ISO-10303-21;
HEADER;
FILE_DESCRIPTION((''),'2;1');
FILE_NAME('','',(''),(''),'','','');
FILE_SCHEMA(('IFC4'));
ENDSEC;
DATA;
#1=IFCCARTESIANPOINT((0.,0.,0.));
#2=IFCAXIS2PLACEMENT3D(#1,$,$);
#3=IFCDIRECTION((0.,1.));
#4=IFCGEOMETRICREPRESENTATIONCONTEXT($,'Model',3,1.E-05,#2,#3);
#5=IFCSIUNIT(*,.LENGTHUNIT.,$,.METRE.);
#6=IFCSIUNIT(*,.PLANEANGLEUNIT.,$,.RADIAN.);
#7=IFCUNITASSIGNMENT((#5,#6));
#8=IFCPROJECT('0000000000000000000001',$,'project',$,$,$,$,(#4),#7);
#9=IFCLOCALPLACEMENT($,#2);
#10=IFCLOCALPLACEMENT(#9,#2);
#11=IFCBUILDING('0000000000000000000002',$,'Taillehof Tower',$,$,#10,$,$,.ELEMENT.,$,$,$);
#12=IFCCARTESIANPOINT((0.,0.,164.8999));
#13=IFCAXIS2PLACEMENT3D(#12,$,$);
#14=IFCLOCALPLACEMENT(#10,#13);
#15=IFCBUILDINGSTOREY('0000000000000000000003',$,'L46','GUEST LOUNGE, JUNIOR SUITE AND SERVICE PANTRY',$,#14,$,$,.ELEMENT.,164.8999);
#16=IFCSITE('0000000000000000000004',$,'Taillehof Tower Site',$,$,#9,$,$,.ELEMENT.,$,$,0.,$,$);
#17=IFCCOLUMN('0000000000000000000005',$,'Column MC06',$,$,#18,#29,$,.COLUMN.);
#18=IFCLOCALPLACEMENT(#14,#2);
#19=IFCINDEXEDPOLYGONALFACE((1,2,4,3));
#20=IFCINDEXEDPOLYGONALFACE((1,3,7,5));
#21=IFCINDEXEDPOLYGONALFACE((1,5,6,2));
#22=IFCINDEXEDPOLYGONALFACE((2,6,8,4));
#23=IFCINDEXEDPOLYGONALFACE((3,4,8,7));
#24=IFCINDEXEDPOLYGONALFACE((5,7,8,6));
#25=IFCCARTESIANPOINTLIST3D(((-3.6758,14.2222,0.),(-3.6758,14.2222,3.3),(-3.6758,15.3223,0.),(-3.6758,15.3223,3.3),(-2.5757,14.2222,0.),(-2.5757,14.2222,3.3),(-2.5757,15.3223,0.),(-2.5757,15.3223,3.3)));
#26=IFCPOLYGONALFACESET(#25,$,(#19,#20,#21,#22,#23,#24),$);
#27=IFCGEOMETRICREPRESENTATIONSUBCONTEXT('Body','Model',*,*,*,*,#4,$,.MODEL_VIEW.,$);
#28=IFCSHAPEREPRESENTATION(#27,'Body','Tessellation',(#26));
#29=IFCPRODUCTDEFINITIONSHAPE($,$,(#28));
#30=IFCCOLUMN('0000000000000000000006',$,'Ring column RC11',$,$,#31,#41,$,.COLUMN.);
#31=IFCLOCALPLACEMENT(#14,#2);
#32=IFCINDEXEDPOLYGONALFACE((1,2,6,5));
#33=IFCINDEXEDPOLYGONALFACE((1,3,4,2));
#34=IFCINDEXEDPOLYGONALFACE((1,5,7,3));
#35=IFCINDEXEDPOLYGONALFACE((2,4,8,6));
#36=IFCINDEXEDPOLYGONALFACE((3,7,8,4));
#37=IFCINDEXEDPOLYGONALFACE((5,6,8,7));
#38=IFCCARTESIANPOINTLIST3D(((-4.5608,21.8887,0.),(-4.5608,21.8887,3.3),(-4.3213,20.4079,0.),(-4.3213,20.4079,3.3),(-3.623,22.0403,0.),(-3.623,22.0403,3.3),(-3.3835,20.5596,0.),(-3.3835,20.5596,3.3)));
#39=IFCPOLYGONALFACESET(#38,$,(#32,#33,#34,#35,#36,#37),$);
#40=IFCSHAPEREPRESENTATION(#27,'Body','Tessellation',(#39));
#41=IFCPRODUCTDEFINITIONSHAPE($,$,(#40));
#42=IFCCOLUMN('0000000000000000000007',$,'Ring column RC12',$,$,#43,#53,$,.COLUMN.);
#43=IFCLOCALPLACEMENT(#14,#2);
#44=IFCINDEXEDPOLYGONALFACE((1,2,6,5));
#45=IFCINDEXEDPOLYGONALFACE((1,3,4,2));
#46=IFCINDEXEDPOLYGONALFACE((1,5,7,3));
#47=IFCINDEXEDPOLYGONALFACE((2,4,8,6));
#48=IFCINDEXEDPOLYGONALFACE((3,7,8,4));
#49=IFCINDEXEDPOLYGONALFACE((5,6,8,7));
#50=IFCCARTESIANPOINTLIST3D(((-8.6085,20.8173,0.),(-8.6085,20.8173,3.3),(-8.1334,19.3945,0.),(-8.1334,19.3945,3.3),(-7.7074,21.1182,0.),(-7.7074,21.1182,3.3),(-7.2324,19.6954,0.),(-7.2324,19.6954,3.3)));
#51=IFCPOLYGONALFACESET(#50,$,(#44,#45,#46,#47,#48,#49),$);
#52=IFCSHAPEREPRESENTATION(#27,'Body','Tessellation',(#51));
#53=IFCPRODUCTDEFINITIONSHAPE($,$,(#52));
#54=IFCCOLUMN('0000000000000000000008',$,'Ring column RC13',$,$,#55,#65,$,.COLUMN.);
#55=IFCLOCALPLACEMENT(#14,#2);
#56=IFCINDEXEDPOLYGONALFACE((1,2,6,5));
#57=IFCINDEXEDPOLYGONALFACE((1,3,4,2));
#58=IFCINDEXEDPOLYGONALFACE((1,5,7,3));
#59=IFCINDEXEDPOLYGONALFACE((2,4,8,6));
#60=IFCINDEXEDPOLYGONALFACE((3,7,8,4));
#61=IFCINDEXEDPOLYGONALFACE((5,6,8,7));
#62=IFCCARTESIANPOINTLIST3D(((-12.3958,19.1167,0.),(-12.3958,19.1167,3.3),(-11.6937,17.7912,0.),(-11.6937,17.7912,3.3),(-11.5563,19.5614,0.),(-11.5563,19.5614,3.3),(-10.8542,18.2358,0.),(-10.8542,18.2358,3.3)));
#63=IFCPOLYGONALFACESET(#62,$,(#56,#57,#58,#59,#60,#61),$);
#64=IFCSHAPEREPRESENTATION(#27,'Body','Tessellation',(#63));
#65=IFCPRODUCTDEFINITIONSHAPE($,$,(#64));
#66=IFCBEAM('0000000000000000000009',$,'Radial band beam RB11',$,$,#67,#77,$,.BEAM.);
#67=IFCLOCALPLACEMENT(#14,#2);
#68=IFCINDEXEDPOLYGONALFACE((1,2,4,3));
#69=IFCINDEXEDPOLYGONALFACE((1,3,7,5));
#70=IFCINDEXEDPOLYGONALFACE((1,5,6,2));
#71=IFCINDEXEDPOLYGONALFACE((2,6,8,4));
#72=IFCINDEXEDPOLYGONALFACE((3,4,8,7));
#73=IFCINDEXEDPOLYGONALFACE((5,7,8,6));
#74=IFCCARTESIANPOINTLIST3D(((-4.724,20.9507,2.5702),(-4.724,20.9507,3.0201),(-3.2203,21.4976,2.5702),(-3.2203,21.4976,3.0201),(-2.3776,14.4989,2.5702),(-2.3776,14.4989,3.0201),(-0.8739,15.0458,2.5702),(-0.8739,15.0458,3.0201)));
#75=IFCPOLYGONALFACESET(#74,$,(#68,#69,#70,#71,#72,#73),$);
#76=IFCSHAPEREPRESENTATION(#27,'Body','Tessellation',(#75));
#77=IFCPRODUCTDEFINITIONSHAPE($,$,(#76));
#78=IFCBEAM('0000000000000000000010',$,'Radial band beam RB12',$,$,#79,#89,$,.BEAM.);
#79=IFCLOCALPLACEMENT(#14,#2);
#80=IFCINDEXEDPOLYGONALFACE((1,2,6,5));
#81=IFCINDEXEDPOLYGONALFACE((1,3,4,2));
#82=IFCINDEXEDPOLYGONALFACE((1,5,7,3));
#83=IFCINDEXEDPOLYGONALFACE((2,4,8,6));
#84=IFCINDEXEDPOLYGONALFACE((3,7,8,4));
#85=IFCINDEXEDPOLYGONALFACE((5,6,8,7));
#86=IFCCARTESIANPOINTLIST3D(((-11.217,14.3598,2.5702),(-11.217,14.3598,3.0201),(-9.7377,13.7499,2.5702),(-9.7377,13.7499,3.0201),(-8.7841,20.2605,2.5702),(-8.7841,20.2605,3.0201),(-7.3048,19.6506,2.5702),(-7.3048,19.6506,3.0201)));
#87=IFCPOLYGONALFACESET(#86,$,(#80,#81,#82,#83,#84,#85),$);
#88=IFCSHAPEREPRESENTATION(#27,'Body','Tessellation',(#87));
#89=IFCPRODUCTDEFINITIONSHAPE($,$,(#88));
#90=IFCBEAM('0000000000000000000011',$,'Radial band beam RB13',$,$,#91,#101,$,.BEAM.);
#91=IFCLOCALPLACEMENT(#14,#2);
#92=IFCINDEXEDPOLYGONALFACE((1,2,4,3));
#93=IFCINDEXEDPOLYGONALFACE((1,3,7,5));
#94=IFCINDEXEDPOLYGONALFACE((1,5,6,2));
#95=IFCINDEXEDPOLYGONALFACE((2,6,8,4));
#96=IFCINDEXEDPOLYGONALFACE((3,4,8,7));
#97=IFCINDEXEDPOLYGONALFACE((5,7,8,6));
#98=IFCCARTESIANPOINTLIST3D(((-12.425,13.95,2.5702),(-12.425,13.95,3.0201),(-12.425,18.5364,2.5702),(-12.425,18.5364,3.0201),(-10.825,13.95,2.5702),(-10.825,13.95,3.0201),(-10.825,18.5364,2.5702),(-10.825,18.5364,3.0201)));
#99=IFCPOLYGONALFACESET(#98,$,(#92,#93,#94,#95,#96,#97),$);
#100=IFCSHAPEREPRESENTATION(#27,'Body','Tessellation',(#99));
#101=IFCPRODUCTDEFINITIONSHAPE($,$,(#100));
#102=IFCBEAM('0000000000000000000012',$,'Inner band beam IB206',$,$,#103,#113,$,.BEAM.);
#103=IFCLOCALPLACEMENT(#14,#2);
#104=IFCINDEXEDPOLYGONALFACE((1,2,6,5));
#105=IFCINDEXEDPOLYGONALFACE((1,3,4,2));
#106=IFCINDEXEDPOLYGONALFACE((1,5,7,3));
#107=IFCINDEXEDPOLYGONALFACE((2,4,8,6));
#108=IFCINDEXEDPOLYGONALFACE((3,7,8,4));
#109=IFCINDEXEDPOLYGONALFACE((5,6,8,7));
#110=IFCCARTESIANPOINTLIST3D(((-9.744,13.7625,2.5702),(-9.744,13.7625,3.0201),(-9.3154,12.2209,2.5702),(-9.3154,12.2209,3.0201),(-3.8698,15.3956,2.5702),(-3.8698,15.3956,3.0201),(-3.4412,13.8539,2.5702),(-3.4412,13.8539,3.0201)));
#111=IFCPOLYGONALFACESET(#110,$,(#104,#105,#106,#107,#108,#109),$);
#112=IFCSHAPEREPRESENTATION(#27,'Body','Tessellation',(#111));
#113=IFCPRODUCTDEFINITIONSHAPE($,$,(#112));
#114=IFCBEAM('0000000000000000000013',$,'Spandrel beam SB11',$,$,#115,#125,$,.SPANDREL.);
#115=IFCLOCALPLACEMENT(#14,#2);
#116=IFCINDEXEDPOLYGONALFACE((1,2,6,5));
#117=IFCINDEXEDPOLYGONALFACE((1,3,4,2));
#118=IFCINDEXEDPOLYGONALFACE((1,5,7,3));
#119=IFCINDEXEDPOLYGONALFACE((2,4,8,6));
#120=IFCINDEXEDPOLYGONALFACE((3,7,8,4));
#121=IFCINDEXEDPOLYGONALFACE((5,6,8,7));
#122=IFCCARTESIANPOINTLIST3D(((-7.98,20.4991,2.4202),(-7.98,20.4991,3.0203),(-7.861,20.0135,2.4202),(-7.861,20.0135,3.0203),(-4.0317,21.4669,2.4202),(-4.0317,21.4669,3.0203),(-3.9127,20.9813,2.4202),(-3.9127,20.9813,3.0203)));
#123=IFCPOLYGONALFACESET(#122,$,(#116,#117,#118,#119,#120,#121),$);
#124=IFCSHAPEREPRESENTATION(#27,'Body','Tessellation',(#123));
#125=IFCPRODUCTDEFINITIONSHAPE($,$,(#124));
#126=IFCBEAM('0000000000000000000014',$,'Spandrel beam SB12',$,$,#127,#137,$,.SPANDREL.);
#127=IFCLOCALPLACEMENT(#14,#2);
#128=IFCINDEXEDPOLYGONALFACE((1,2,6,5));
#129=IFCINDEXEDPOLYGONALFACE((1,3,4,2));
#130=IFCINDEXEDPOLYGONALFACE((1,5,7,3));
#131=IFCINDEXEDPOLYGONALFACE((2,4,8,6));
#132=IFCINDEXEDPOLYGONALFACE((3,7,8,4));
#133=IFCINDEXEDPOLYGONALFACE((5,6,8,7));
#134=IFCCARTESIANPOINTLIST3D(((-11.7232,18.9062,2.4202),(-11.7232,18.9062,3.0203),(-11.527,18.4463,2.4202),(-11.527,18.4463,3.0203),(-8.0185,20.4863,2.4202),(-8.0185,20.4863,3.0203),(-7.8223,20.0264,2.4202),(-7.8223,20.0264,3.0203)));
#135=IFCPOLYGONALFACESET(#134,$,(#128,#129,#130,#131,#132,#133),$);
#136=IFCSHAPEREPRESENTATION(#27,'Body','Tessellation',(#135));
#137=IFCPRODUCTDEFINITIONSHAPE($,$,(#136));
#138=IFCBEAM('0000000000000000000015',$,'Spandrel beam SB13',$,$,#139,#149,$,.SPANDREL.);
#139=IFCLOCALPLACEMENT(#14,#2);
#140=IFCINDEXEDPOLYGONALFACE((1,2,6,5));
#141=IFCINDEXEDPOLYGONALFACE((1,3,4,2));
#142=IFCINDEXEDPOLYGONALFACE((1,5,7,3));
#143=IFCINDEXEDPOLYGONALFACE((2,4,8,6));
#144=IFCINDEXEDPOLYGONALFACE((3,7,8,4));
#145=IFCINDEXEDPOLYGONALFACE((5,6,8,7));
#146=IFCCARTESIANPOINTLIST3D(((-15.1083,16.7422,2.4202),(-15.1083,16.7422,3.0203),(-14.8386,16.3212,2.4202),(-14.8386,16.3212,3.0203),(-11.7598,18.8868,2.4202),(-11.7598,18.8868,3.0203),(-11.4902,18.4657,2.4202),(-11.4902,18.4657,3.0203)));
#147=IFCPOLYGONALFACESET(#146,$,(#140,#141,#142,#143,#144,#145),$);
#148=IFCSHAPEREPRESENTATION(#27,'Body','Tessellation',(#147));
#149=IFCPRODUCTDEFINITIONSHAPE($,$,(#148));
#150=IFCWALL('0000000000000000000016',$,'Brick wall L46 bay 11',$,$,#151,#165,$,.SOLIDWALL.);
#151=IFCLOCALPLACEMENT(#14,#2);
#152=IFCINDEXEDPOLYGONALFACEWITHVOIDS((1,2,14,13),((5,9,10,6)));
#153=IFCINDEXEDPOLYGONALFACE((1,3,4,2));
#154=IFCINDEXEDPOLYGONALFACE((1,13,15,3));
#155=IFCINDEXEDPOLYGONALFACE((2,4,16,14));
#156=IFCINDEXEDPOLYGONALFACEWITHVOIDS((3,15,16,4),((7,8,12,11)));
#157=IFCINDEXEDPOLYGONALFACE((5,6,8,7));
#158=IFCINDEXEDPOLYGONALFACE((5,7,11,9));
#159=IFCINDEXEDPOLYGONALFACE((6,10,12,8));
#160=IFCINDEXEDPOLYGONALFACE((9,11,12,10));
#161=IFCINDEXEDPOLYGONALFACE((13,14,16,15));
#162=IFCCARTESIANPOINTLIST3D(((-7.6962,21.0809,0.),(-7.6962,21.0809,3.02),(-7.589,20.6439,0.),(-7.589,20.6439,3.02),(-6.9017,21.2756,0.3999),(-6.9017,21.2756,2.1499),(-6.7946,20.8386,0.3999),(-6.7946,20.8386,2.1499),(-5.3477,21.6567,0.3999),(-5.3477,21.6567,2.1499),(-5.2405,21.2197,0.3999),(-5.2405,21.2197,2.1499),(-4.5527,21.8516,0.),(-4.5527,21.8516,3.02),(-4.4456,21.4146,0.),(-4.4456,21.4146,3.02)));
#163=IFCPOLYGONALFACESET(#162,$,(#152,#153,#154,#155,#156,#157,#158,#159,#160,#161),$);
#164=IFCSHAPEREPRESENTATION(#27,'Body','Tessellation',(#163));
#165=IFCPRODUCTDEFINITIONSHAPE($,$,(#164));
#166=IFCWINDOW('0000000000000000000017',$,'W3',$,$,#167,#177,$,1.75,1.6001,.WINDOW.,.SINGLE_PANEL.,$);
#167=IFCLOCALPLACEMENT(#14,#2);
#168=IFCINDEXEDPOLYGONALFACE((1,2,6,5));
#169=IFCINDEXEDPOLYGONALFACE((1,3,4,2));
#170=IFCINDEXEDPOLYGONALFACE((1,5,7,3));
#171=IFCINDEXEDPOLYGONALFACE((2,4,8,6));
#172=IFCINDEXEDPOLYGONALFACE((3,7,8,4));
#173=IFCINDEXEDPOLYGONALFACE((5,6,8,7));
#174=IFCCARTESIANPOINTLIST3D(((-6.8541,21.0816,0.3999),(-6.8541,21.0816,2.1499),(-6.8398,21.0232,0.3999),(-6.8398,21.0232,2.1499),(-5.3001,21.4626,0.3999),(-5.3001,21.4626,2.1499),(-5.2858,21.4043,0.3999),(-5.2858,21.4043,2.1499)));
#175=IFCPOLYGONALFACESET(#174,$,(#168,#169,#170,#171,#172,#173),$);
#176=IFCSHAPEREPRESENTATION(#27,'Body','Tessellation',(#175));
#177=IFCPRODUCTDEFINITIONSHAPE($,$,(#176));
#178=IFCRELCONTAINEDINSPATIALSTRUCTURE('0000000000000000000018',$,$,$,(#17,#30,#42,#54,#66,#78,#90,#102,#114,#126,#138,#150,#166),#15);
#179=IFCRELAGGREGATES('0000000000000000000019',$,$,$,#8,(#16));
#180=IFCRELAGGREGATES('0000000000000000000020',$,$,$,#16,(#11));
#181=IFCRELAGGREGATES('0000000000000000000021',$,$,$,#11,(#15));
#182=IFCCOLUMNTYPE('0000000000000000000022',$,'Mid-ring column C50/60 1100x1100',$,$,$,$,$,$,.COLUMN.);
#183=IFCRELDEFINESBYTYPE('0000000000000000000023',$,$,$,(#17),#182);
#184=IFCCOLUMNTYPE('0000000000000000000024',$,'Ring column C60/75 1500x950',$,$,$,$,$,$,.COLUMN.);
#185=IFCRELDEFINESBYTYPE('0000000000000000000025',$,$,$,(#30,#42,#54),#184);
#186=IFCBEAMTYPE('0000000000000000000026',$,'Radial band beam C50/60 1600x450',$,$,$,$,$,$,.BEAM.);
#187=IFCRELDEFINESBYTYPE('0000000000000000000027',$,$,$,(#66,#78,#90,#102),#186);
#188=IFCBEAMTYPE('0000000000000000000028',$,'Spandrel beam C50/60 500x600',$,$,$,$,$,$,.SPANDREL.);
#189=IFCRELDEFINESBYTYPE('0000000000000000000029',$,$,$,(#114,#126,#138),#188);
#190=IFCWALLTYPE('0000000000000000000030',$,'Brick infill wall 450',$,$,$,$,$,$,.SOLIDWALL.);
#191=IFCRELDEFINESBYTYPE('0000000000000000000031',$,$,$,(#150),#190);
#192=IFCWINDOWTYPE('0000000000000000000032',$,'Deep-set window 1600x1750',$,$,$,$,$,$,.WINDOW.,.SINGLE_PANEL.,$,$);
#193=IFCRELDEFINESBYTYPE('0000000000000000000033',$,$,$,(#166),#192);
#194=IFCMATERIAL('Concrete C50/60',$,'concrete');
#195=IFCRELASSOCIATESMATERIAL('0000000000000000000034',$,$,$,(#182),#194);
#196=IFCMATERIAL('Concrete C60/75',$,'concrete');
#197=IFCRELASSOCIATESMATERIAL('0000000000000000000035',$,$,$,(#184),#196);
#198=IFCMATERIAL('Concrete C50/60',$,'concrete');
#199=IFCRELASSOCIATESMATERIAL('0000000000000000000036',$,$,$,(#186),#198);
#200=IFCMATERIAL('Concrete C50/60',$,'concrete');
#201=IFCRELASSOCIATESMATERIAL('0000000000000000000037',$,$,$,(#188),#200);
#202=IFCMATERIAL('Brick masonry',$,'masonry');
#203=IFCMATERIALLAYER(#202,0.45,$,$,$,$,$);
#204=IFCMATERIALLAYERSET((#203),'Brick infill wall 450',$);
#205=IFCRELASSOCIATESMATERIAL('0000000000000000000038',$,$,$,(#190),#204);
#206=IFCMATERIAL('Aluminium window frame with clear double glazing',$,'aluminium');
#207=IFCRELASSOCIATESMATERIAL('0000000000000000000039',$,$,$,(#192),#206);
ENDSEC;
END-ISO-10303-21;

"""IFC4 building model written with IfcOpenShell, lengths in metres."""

from ifc_helpers import new_model, si_unit, direction, frame, frame_2d, origin, origin_2d, place, context, subcontext, project, spatial, rectangle, extrude, material, layer, layer_set, material_profile, profile_set, type_object, element, fill, save


model = new_model("IFC4")

# Units and contexts
model_context = context("Model", 3, precision=1e-05, world=origin(), true_north=direction((0.0, 1.0)))
body_context = subcontext(model_context, "Body", "Model", "MODEL_VIEW")
ifc_project = project(units=[si_unit("LENGTHUNIT", "METRE"), si_unit("PLANEANGLEUNIT", "RADIAN")], contexts=[model_context])

# Site, building, storey
site_placement = place(None, origin())
site = spatial("IfcSite", under=ifc_project, at=site_placement, Name="Taillehof Tower Site", CompositionType="ELEMENT", RefElevation=0.0)
building_placement = place(site_placement, origin())
building = spatial("IfcBuilding", under=site, at=building_placement, Name="Taillehof Tower", CompositionType="ELEMENT")
storey_placement = place(building_placement, frame((0.0, 0.0, 164.8999)))
storey = spatial("IfcBuildingStorey", under=building, at=storey_placement, Name="L46", Description="GUEST LOUNGE, JUNIOR SUITE AND SERVICE PANTRY", CompositionType="ELEMENT", Elevation=164.8999)

# Columns
ifc_material_1 = material(Name="Concrete C50/60", Category="concrete")
ifc_material_profile_1 = material_profile(ifc_material_1, rectangle(XDim=1.1001, YDim=1.1001, at=origin_2d()), Name="RC 1100x1100")
ifc_profile_set_1 = profile_set([ifc_material_profile_1], Name="Concrete C50/60")
column_type_1 = type_object("IfcColumnType", Name="Mid-ring column C50/60 1100x1100", PredefinedType="COLUMN", material=ifc_profile_set_1)
column_placement = place(storey_placement, frame((-3.1257, 14.7722, 0.0), z_axis=(0.0, 0.0, 1.0), x_axis=(1.0, 0.0, 0.0)))
element("IfcColumn", 1, at=column_placement, inside=storey, type_object=column_type_1, Name="Column MC06", PredefinedType="COLUMN", context=body_context, shape_type="SweptSolid", body=[
    extrude(rectangle(XDim=1.1001, YDim=1.1001, at=origin_2d()), origin(), (0.0, 0.0, 1.0), 3.3),
])
ifc_material_2 = material(Name="Concrete C60/75", Category="concrete")
ifc_material_profile_2 = material_profile(ifc_material_2, rectangle(XDim=1.5, YDim=0.95, at=origin_2d()), Name="RC 1500x950")
ifc_profile_set_2 = profile_set([ifc_material_profile_2], Name="Concrete C60/75")
column_type_2 = type_object("IfcColumnType", Name="Ring column C60/75 1500x950", PredefinedType="COLUMN", material=ifc_profile_set_2)
for number, where, z_axis, x_axis, name in (
    (2, (-3.9722, 21.2241, 0.0), (0.0, 0.0, 1.0), (-0.159679, 0.987169, 0.0), "Ring column RC11"),
    (3, (-7.9204, 20.2563, 0.0), (0.0, 0.0, 1.0), (-0.316703, 0.948525, 0.0), "Ring column RC12"),
    (4, (-11.625, 18.6763, 0.0), (0.0, 0.0, 1.0), (-0.468042, 0.883706, 0.0), "Ring column RC13"),
):
    element("IfcColumn", number, at=place(storey_placement, frame(where, z_axis=z_axis, x_axis=x_axis)), inside=storey, type_object=column_type_2, Name=name, PredefinedType="COLUMN", context=body_context, shape_type="SweptSolid", body=[
        extrude(rectangle(XDim=1.5, YDim=0.95, at=origin_2d()), origin(), (0.0, 0.0, 1.0), 3.3),
    ])

# Beams
ifc_material_3 = material(Name="Concrete C50/60", Category="concrete")
ifc_material_profile_3 = material_profile(ifc_material_3, rectangle(XDim=1.6001, YDim=0.45, at=origin_2d()), Name="RC 1600x450")
ifc_profile_set_3 = profile_set([ifc_material_profile_3], Name="Concrete C50/60")
beam_type_1 = type_object("IfcBeamType", Name="Radial band beam C50/60 1600x450", PredefinedType="BEAM", material=ifc_profile_set_3)
beam_1_placement = place(storey_placement, frame((-3.9722, 21.2241, 2.7952), z_axis=(0.34178, -0.93978, 0.0), x_axis=(0.93978, 0.34178, 0.0)))
element("IfcBeam", 5, at=beam_1_placement, inside=storey, type_object=beam_type_1, Name="Radial band beam RB11", PredefinedType="BEAM", context=body_context, shape_type="SweptSolid", body=[
    extrude(rectangle(XDim=1.6001, YDim=0.45, at=origin_2d()), origin(), (0.0, 0.0, 1.0), 6.8652),
])
beam_2_placement = place(storey_placement, frame((-8.0444, 19.9556, 2.7952), z_axis=(-0.381177, -0.924502, 0.0), x_axis=(0.924502, -0.381177, 0.0)))
element("IfcBeam", 6, at=beam_2_placement, inside=storey, type_object=beam_type_1, Name="Radial band beam RB12", PredefinedType="BEAM", context=body_context, shape_type="SweptSolid", body=[
    extrude(rectangle(XDim=1.6001, YDim=0.45, at=origin_2d()), origin(), (0.0, 0.0, 1.0), 6.3826),
])
beam_3_placement = place(storey_placement, frame((-11.625, 18.5364, 2.7952), z_axis=(0.0, -1.0, 0.0), x_axis=(1.0, 0.0, 0.0)))
element("IfcBeam", 7, at=beam_3_placement, inside=storey, type_object=beam_type_1, Name="Radial band beam RB13", PredefinedType="BEAM", context=body_context, shape_type="SweptSolid", body=[
    extrude(rectangle(XDim=1.6001, YDim=0.45, at=origin_2d()), origin(), (0.0, 0.0, 1.0), 4.5864),
])
beam_4_placement = place(storey_placement, frame((-3.6555, 14.6248, 2.7952), z_axis=(-0.963459, -0.267855, 0.0), x_axis=(0.267855, -0.963459, 0.0)))
element("IfcBeam", 8, at=beam_4_placement, inside=storey, type_object=beam_type_1, Name="Inner band beam IB206", PredefinedType="BEAM", context=body_context, shape_type="SweptSolid", body=[
    extrude(rectangle(XDim=1.6001, YDim=0.45, at=origin_2d()), origin(), (0.0, 0.0, 1.0), 6.0969),
])
ifc_material_4 = material(Name="Concrete C50/60", Category="concrete")
ifc_material_profile_4 = material_profile(ifc_material_4, rectangle(XDim=0.5, YDim=0.6001, at=origin_2d()), Name="RC 500x600")
ifc_profile_set_4 = profile_set([ifc_material_profile_4], Name="Concrete C50/60")
beam_type_2 = type_object("IfcBeamType", Name="Spandrel beam C50/60 500x600", PredefinedType="SPANDREL", material=ifc_profile_set_4)
beam_5_placement = place(storey_placement, frame((-3.9722, 21.2241, 2.7202), z_axis=(-0.971249, -0.238068, 0.0), x_axis=(0.238068, -0.971249, 0.0)))
element("IfcBeam", 9, at=beam_5_placement, inside=storey, type_object=beam_type_2, Name="Spandrel beam SB11", PredefinedType="SPANDREL", context=body_context, shape_type="SweptSolid", body=[
    extrude(rectangle(XDim=0.5, YDim=0.6001, at=origin_2d()), origin(), (0.0, 0.0, 1.0), 4.0652),
])
beam_6_placement = place(storey_placement, frame((-7.9204, 20.2563, 2.7202), z_axis=(-0.919827, -0.392324, 0.0), x_axis=(0.392324, -0.919827, 0.0)))
element("IfcBeam", 10, at=beam_6_placement, inside=storey, type_object=beam_type_2, Name="Spandrel beam SB12", PredefinedType="SPANDREL", context=body_context, shape_type="SweptSolid", body=[
    extrude(rectangle(XDim=0.5, YDim=0.6001, at=origin_2d()), origin(), (0.0, 0.0, 1.0), 4.0276),
])
beam_7_placement = place(storey_placement, frame((-11.625, 18.6763, 2.7202), z_axis=(-0.842093, -0.539332, 0.0), x_axis=(0.539332, -0.842093, 0.0)))
element("IfcBeam", 11, at=beam_7_placement, inside=storey, type_object=beam_type_2, Name="Spandrel beam SB13", PredefinedType="SPANDREL", context=body_context, shape_type="SweptSolid", body=[
    extrude(rectangle(XDim=0.5, YDim=0.6001, at=origin_2d()), origin(), (0.0, 0.0, 1.0), 3.9763),
])

# Wall, opening, window
ifc_material_5 = material(Name="Brick masonry", Category="masonry")
ifc_layer_1 = layer(ifc_material_5, 0.45)
ifc_layer_set_1 = layer_set([ifc_layer_1], Name="Brick infill wall 450")
wall_type_1 = type_object("IfcWallType", Name="Brick infill wall 450", PredefinedType="SOLIDWALL", material=ifc_layer_set_1)
wall_1_placement = place(storey_placement, frame((-4.4993, 21.6331, 0.0), z_axis=(0.0, 0.0, 1.0), x_axis=(-0.971233, -0.238132, 0.0)))
wall_1 = element("IfcWall", 12, at=wall_1_placement, inside=storey, type_object=wall_type_1, Name="Brick wall L46 bay 11", PredefinedType="SOLIDWALL", context=body_context, shape_type="SweptSolid", body=[
    extrude(rectangle(XDim=3.2366, YDim=0.45, at=frame_2d((1.6182, 0.0))), origin(), (0.0, 0.0, 1.0), 3.02),
])
opening_1_placement = place(wall_1_placement, frame((0.8184, 0.0, 0.3999)))
opening_1 = element("IfcOpeningElement", 13, at=opening_1_placement, cuts=wall_1, PredefinedType="OPENING", context=body_context, shape_type="SweptSolid", body=[
    extrude(rectangle(XDim=1.6001, YDim=1.75, at=frame_2d((0.8, 0.875))), frame((0.0, 0.2349, 0.0), z_axis=(0.0, -1.0, 0.0), x_axis=(1.0, 0.0, 0.0)), (0.0, 0.0, 1.0), 0.47),
])
ifc_material_6 = material(Name="Aluminium window frame with clear double glazing", Category="aluminium")
window_type_1 = type_object("IfcWindowType", Name="Deep-set window 1600x1750", PartitioningType="SINGLE_PANEL", PredefinedType="WINDOW", material=ifc_material_6)
window_1_placement = place(opening_1_placement, origin())
window_1 = element("IfcWindow", 14, at=window_1_placement, inside=storey, type_object=window_type_1, Name="W3", OverallHeight=1.75, OverallWidth=1.6001, PartitioningType="SINGLE_PANEL", PredefinedType="WINDOW", context=body_context, shape_type="SweptSolid", body=[
    extrude(rectangle(XDim=1.6001, YDim=1.75, at=frame_2d((0.8, 0.875))), frame((0.0, 0.0349, 0.0), z_axis=(0.0, -1.0, 0.0), x_axis=(1.0, 0.0, 0.0)), (0.0, 0.0, 1.0), 0.0601),
])
fill(opening_1, window_1)

save(model, "model.ifc")
